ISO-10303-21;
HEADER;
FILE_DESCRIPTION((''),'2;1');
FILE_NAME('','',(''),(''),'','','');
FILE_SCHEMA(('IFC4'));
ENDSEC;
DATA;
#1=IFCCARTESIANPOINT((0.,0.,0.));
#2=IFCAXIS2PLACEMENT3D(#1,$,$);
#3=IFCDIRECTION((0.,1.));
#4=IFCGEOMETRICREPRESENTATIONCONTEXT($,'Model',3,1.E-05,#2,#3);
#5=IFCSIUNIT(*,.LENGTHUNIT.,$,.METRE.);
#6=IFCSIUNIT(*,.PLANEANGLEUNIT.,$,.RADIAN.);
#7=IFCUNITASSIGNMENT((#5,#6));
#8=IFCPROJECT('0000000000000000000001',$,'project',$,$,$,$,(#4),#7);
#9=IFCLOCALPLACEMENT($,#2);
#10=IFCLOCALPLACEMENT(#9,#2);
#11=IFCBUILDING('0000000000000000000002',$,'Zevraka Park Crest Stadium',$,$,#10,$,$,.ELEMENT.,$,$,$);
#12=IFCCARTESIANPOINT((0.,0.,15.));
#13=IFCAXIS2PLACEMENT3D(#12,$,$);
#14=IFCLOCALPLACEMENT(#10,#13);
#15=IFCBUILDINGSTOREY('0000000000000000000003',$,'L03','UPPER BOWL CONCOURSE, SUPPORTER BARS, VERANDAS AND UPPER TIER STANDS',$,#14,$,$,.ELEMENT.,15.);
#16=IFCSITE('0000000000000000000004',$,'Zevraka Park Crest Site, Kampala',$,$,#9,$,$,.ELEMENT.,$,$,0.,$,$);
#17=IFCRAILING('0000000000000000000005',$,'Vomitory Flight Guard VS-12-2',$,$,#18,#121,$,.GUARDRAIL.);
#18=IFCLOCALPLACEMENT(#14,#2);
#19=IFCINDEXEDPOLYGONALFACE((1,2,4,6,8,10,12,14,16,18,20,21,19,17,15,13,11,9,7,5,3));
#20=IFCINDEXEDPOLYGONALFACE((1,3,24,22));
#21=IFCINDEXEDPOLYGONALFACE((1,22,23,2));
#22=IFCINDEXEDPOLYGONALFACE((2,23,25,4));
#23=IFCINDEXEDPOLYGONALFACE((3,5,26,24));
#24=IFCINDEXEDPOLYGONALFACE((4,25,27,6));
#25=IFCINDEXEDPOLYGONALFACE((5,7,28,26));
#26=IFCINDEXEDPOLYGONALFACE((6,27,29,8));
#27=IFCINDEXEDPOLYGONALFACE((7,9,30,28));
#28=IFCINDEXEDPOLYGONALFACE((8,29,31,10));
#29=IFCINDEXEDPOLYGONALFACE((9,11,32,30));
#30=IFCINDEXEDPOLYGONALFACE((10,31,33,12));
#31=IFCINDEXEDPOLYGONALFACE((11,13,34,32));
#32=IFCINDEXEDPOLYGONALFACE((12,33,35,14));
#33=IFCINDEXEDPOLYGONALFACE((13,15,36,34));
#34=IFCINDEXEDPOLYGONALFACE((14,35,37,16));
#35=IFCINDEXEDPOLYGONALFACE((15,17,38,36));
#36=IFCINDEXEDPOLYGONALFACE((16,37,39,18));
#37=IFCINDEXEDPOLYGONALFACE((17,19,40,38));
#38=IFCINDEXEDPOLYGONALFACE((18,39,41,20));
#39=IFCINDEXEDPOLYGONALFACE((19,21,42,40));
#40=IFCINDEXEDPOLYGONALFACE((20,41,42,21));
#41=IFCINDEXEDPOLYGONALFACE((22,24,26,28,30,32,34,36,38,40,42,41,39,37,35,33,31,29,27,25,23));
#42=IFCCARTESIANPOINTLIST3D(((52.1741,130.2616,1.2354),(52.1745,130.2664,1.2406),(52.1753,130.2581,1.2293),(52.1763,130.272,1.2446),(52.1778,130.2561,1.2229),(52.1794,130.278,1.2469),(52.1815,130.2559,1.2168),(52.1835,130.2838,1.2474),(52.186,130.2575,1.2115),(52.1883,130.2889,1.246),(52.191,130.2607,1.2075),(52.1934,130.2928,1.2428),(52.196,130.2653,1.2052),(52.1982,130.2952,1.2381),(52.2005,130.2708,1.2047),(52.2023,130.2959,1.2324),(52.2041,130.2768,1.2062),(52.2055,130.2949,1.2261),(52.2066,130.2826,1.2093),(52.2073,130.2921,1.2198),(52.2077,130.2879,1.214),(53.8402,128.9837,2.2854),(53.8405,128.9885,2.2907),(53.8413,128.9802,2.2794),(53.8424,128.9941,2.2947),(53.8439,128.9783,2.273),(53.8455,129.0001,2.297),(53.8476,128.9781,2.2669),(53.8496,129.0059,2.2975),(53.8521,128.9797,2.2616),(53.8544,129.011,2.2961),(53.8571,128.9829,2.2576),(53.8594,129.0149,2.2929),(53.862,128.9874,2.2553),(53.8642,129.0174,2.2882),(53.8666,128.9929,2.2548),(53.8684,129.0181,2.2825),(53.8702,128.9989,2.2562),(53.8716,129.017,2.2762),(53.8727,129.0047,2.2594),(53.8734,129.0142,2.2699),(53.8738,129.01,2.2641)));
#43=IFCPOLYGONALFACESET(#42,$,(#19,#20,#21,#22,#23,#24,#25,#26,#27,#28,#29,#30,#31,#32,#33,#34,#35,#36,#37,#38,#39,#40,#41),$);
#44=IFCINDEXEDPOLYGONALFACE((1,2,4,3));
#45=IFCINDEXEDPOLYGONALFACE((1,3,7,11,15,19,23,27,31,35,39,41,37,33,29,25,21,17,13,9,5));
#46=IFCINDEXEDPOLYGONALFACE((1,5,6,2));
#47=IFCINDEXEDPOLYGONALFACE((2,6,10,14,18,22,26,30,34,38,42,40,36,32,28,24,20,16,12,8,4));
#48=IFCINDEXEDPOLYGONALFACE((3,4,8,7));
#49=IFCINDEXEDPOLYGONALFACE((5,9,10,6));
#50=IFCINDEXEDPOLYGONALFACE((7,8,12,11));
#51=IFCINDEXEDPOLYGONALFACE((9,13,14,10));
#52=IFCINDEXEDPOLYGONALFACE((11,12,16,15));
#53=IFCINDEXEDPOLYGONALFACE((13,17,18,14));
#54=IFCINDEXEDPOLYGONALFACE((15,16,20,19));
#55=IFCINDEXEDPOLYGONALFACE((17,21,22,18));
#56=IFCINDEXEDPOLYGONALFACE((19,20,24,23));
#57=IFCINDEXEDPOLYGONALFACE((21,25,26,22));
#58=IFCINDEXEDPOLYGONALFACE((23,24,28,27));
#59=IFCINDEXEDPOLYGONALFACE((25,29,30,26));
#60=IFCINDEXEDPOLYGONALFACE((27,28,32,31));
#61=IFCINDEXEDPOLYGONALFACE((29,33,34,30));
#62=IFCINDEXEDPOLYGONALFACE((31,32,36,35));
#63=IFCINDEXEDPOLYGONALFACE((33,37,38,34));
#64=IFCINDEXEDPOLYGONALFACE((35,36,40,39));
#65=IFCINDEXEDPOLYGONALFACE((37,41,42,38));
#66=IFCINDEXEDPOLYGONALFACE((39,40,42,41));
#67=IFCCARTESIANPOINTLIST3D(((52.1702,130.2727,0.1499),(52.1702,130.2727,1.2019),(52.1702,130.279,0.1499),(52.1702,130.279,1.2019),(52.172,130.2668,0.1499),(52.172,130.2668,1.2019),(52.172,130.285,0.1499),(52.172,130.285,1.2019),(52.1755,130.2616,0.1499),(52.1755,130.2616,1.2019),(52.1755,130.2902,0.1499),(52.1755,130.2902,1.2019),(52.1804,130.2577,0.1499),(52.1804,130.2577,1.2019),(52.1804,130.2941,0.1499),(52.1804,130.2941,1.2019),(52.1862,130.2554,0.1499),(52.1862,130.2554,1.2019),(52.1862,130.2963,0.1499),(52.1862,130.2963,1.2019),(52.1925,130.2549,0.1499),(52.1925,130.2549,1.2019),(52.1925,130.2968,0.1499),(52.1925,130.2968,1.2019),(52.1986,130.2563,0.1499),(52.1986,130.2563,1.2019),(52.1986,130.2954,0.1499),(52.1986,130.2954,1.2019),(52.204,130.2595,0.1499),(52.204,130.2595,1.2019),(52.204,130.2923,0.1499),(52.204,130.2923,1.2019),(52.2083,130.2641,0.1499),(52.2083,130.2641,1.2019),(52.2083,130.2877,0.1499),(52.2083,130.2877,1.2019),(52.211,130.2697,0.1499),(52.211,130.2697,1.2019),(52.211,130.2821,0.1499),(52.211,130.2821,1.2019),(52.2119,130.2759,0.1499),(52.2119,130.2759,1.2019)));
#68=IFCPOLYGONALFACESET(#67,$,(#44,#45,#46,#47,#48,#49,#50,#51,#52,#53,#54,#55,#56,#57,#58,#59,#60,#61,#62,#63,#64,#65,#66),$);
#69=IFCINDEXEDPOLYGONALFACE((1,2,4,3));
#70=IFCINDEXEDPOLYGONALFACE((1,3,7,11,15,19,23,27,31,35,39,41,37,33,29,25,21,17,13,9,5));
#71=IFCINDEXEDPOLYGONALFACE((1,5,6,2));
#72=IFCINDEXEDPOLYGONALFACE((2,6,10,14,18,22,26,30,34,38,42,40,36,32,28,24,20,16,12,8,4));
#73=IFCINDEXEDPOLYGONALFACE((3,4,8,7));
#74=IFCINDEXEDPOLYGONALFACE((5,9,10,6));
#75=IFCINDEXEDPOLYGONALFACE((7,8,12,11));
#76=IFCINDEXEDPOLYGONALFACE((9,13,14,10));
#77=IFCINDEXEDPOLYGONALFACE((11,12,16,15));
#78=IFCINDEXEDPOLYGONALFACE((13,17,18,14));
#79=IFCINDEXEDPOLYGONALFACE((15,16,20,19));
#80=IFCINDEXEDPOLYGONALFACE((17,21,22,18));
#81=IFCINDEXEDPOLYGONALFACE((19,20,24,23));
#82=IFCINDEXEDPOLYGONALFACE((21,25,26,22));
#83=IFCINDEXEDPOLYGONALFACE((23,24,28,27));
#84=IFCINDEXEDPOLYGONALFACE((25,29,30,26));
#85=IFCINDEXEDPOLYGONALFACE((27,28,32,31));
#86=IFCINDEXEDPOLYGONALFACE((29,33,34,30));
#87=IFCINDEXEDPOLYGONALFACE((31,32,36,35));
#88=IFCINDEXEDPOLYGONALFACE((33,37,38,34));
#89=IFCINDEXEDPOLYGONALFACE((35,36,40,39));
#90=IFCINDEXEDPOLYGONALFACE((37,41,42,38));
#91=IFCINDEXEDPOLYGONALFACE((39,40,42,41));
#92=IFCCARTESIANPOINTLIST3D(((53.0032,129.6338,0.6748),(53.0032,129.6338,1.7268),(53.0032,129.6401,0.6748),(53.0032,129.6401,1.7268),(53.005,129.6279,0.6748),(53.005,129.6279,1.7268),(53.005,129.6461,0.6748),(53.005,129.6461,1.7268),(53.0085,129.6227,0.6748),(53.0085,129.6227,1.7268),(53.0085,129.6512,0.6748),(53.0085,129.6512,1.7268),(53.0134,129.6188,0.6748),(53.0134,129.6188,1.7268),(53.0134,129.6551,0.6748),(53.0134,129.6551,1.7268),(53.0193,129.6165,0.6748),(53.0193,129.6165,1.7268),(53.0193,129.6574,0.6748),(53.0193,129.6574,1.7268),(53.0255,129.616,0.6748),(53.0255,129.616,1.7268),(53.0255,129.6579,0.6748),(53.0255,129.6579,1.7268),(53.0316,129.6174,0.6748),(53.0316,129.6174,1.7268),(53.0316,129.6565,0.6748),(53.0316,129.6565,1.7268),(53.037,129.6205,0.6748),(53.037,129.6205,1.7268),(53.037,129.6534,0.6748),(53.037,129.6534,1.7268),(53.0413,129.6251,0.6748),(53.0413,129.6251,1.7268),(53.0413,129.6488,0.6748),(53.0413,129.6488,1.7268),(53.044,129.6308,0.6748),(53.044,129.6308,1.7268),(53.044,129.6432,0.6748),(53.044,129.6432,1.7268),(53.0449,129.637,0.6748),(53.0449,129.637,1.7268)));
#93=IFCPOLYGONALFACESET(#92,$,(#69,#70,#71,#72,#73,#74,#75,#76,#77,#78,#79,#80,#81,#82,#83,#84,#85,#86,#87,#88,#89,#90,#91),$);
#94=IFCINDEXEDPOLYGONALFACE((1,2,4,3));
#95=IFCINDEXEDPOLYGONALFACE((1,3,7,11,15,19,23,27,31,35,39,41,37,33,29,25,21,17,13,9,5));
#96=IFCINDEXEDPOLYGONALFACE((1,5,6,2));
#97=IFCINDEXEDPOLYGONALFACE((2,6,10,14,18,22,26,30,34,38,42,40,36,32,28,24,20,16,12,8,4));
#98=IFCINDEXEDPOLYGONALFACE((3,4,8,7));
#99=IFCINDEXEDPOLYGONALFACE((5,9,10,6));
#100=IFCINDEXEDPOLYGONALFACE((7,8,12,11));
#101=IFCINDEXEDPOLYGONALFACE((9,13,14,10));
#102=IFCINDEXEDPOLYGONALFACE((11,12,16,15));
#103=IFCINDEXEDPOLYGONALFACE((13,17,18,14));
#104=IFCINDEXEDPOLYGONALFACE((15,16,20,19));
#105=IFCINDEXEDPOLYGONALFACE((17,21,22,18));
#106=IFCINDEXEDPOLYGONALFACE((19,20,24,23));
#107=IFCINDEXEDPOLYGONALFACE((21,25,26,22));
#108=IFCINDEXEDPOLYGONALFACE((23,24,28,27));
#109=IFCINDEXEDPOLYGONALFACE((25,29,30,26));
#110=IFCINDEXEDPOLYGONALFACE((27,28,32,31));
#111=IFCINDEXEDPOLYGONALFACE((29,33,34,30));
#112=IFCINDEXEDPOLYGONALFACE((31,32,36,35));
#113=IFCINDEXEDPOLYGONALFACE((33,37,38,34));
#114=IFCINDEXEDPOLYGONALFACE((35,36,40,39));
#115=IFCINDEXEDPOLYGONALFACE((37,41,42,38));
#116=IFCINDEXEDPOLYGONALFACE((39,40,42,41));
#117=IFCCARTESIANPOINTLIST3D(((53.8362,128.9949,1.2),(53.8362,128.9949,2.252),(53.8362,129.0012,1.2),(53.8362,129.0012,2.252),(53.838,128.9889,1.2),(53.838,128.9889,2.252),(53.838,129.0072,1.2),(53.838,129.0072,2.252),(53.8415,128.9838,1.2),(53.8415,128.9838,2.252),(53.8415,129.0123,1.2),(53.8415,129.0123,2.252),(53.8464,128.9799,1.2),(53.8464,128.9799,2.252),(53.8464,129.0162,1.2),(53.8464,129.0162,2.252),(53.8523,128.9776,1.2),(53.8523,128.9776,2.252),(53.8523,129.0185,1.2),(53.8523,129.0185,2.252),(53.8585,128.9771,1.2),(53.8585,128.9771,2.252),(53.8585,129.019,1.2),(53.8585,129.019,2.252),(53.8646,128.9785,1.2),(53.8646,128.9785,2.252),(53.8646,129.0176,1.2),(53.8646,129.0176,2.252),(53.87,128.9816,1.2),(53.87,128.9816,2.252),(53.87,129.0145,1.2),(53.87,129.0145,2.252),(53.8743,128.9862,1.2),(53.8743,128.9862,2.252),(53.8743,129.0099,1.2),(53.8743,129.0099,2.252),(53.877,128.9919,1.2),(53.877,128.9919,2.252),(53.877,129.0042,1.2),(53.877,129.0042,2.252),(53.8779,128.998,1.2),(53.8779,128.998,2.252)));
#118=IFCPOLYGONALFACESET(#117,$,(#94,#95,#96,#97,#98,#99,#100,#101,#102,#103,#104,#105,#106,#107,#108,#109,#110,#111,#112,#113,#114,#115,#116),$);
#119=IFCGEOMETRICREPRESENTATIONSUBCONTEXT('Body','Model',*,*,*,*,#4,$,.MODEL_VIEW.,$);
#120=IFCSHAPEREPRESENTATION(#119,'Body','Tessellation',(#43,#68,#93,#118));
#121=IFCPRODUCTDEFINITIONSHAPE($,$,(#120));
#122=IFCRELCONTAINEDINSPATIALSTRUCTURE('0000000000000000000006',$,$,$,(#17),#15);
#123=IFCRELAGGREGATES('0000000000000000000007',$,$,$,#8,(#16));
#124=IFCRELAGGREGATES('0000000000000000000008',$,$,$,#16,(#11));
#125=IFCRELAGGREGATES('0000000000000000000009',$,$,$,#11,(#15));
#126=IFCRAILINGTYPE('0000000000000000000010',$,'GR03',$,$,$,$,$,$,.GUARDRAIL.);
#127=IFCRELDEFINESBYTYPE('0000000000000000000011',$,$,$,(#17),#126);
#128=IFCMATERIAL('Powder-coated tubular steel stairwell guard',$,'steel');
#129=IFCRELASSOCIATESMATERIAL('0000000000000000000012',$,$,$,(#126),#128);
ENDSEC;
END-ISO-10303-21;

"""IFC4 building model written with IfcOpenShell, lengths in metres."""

from ifc_helpers import new_model, si_unit, direction, frame, origin, origin_2d, place, context, subcontext, project, spatial, circle, extrude, material, type_object, element, save


model = new_model("IFC4")

# Units and contexts
model_context = context("Model", 3, precision=1e-05, world=origin(), true_north=direction((0.0, 1.0)))
body_context = subcontext(model_context, "Body", "Model", "MODEL_VIEW")
ifc_project = project(units=[si_unit("LENGTHUNIT", "METRE"), si_unit("PLANEANGLEUNIT", "RADIAN")], contexts=[model_context])

# Site, building, storey
site_placement = place(None, origin())
site = spatial("IfcSite", under=ifc_project, at=site_placement, Name="Zevraka Park Crest Site, Kampala", CompositionType="ELEMENT", RefElevation=0.0)
building_placement = place(site_placement, origin())
building = spatial("IfcBuilding", under=site, at=building_placement, Name="Zevraka Park Crest Stadium", CompositionType="ELEMENT")
storey_placement = place(building_placement, frame((0.0, 0.0, 15.0)))
storey = spatial("IfcBuildingStorey", under=building, at=storey_placement, Name="L03", Description="UPPER BOWL CONCOURSE, SUPPORTER BARS, VERANDAS AND UPPER TIER STANDS", CompositionType="ELEMENT", Elevation=15.0)

# Railing
ifc_material_1 = material(Name="Powder-coated tubular steel stairwell guard", Category="steel")
railing_type_1 = type_object("IfcRailingType", Name="GR03", PredefinedType="GUARDRAIL", material=ifc_material_1)
railing_1_placement = place(storey_placement, frame((52.1909, 130.2759, 0.1499)))
element("IfcRailing", 1, at=railing_1_placement, inside=storey, type_object=railing_type_1, Name="Vomitory Flight Guard VS-12-2", PredefinedType="GUARDRAIL", context=body_context, shape_type="SweptSolid", body=[
    extrude(circle(Radius=0.0239, at=origin_2d()), frame((0.0, 0.0, 1.0762), z_axis=(0.709678, -0.544322, 0.447293), x_axis=(0.608598, 0.793479, 0.0)), (0.0, 0.0, 1.0), 2.3477),
    extrude(circle(Radius=0.021, at=origin_2d()), origin(), (0.0, 0.0, 1.0), 1.052),
    extrude(circle(Radius=0.021, at=origin_2d()), frame((0.833, -0.6389, 0.5249)), (0.0, 0.0, 1.0), 1.052),
    extrude(circle(Radius=0.021, at=origin_2d()), frame((1.666, -1.2778, 1.05)), (0.0, 0.0, 1.0), 1.052),
])

save(model, "model.ifc")
